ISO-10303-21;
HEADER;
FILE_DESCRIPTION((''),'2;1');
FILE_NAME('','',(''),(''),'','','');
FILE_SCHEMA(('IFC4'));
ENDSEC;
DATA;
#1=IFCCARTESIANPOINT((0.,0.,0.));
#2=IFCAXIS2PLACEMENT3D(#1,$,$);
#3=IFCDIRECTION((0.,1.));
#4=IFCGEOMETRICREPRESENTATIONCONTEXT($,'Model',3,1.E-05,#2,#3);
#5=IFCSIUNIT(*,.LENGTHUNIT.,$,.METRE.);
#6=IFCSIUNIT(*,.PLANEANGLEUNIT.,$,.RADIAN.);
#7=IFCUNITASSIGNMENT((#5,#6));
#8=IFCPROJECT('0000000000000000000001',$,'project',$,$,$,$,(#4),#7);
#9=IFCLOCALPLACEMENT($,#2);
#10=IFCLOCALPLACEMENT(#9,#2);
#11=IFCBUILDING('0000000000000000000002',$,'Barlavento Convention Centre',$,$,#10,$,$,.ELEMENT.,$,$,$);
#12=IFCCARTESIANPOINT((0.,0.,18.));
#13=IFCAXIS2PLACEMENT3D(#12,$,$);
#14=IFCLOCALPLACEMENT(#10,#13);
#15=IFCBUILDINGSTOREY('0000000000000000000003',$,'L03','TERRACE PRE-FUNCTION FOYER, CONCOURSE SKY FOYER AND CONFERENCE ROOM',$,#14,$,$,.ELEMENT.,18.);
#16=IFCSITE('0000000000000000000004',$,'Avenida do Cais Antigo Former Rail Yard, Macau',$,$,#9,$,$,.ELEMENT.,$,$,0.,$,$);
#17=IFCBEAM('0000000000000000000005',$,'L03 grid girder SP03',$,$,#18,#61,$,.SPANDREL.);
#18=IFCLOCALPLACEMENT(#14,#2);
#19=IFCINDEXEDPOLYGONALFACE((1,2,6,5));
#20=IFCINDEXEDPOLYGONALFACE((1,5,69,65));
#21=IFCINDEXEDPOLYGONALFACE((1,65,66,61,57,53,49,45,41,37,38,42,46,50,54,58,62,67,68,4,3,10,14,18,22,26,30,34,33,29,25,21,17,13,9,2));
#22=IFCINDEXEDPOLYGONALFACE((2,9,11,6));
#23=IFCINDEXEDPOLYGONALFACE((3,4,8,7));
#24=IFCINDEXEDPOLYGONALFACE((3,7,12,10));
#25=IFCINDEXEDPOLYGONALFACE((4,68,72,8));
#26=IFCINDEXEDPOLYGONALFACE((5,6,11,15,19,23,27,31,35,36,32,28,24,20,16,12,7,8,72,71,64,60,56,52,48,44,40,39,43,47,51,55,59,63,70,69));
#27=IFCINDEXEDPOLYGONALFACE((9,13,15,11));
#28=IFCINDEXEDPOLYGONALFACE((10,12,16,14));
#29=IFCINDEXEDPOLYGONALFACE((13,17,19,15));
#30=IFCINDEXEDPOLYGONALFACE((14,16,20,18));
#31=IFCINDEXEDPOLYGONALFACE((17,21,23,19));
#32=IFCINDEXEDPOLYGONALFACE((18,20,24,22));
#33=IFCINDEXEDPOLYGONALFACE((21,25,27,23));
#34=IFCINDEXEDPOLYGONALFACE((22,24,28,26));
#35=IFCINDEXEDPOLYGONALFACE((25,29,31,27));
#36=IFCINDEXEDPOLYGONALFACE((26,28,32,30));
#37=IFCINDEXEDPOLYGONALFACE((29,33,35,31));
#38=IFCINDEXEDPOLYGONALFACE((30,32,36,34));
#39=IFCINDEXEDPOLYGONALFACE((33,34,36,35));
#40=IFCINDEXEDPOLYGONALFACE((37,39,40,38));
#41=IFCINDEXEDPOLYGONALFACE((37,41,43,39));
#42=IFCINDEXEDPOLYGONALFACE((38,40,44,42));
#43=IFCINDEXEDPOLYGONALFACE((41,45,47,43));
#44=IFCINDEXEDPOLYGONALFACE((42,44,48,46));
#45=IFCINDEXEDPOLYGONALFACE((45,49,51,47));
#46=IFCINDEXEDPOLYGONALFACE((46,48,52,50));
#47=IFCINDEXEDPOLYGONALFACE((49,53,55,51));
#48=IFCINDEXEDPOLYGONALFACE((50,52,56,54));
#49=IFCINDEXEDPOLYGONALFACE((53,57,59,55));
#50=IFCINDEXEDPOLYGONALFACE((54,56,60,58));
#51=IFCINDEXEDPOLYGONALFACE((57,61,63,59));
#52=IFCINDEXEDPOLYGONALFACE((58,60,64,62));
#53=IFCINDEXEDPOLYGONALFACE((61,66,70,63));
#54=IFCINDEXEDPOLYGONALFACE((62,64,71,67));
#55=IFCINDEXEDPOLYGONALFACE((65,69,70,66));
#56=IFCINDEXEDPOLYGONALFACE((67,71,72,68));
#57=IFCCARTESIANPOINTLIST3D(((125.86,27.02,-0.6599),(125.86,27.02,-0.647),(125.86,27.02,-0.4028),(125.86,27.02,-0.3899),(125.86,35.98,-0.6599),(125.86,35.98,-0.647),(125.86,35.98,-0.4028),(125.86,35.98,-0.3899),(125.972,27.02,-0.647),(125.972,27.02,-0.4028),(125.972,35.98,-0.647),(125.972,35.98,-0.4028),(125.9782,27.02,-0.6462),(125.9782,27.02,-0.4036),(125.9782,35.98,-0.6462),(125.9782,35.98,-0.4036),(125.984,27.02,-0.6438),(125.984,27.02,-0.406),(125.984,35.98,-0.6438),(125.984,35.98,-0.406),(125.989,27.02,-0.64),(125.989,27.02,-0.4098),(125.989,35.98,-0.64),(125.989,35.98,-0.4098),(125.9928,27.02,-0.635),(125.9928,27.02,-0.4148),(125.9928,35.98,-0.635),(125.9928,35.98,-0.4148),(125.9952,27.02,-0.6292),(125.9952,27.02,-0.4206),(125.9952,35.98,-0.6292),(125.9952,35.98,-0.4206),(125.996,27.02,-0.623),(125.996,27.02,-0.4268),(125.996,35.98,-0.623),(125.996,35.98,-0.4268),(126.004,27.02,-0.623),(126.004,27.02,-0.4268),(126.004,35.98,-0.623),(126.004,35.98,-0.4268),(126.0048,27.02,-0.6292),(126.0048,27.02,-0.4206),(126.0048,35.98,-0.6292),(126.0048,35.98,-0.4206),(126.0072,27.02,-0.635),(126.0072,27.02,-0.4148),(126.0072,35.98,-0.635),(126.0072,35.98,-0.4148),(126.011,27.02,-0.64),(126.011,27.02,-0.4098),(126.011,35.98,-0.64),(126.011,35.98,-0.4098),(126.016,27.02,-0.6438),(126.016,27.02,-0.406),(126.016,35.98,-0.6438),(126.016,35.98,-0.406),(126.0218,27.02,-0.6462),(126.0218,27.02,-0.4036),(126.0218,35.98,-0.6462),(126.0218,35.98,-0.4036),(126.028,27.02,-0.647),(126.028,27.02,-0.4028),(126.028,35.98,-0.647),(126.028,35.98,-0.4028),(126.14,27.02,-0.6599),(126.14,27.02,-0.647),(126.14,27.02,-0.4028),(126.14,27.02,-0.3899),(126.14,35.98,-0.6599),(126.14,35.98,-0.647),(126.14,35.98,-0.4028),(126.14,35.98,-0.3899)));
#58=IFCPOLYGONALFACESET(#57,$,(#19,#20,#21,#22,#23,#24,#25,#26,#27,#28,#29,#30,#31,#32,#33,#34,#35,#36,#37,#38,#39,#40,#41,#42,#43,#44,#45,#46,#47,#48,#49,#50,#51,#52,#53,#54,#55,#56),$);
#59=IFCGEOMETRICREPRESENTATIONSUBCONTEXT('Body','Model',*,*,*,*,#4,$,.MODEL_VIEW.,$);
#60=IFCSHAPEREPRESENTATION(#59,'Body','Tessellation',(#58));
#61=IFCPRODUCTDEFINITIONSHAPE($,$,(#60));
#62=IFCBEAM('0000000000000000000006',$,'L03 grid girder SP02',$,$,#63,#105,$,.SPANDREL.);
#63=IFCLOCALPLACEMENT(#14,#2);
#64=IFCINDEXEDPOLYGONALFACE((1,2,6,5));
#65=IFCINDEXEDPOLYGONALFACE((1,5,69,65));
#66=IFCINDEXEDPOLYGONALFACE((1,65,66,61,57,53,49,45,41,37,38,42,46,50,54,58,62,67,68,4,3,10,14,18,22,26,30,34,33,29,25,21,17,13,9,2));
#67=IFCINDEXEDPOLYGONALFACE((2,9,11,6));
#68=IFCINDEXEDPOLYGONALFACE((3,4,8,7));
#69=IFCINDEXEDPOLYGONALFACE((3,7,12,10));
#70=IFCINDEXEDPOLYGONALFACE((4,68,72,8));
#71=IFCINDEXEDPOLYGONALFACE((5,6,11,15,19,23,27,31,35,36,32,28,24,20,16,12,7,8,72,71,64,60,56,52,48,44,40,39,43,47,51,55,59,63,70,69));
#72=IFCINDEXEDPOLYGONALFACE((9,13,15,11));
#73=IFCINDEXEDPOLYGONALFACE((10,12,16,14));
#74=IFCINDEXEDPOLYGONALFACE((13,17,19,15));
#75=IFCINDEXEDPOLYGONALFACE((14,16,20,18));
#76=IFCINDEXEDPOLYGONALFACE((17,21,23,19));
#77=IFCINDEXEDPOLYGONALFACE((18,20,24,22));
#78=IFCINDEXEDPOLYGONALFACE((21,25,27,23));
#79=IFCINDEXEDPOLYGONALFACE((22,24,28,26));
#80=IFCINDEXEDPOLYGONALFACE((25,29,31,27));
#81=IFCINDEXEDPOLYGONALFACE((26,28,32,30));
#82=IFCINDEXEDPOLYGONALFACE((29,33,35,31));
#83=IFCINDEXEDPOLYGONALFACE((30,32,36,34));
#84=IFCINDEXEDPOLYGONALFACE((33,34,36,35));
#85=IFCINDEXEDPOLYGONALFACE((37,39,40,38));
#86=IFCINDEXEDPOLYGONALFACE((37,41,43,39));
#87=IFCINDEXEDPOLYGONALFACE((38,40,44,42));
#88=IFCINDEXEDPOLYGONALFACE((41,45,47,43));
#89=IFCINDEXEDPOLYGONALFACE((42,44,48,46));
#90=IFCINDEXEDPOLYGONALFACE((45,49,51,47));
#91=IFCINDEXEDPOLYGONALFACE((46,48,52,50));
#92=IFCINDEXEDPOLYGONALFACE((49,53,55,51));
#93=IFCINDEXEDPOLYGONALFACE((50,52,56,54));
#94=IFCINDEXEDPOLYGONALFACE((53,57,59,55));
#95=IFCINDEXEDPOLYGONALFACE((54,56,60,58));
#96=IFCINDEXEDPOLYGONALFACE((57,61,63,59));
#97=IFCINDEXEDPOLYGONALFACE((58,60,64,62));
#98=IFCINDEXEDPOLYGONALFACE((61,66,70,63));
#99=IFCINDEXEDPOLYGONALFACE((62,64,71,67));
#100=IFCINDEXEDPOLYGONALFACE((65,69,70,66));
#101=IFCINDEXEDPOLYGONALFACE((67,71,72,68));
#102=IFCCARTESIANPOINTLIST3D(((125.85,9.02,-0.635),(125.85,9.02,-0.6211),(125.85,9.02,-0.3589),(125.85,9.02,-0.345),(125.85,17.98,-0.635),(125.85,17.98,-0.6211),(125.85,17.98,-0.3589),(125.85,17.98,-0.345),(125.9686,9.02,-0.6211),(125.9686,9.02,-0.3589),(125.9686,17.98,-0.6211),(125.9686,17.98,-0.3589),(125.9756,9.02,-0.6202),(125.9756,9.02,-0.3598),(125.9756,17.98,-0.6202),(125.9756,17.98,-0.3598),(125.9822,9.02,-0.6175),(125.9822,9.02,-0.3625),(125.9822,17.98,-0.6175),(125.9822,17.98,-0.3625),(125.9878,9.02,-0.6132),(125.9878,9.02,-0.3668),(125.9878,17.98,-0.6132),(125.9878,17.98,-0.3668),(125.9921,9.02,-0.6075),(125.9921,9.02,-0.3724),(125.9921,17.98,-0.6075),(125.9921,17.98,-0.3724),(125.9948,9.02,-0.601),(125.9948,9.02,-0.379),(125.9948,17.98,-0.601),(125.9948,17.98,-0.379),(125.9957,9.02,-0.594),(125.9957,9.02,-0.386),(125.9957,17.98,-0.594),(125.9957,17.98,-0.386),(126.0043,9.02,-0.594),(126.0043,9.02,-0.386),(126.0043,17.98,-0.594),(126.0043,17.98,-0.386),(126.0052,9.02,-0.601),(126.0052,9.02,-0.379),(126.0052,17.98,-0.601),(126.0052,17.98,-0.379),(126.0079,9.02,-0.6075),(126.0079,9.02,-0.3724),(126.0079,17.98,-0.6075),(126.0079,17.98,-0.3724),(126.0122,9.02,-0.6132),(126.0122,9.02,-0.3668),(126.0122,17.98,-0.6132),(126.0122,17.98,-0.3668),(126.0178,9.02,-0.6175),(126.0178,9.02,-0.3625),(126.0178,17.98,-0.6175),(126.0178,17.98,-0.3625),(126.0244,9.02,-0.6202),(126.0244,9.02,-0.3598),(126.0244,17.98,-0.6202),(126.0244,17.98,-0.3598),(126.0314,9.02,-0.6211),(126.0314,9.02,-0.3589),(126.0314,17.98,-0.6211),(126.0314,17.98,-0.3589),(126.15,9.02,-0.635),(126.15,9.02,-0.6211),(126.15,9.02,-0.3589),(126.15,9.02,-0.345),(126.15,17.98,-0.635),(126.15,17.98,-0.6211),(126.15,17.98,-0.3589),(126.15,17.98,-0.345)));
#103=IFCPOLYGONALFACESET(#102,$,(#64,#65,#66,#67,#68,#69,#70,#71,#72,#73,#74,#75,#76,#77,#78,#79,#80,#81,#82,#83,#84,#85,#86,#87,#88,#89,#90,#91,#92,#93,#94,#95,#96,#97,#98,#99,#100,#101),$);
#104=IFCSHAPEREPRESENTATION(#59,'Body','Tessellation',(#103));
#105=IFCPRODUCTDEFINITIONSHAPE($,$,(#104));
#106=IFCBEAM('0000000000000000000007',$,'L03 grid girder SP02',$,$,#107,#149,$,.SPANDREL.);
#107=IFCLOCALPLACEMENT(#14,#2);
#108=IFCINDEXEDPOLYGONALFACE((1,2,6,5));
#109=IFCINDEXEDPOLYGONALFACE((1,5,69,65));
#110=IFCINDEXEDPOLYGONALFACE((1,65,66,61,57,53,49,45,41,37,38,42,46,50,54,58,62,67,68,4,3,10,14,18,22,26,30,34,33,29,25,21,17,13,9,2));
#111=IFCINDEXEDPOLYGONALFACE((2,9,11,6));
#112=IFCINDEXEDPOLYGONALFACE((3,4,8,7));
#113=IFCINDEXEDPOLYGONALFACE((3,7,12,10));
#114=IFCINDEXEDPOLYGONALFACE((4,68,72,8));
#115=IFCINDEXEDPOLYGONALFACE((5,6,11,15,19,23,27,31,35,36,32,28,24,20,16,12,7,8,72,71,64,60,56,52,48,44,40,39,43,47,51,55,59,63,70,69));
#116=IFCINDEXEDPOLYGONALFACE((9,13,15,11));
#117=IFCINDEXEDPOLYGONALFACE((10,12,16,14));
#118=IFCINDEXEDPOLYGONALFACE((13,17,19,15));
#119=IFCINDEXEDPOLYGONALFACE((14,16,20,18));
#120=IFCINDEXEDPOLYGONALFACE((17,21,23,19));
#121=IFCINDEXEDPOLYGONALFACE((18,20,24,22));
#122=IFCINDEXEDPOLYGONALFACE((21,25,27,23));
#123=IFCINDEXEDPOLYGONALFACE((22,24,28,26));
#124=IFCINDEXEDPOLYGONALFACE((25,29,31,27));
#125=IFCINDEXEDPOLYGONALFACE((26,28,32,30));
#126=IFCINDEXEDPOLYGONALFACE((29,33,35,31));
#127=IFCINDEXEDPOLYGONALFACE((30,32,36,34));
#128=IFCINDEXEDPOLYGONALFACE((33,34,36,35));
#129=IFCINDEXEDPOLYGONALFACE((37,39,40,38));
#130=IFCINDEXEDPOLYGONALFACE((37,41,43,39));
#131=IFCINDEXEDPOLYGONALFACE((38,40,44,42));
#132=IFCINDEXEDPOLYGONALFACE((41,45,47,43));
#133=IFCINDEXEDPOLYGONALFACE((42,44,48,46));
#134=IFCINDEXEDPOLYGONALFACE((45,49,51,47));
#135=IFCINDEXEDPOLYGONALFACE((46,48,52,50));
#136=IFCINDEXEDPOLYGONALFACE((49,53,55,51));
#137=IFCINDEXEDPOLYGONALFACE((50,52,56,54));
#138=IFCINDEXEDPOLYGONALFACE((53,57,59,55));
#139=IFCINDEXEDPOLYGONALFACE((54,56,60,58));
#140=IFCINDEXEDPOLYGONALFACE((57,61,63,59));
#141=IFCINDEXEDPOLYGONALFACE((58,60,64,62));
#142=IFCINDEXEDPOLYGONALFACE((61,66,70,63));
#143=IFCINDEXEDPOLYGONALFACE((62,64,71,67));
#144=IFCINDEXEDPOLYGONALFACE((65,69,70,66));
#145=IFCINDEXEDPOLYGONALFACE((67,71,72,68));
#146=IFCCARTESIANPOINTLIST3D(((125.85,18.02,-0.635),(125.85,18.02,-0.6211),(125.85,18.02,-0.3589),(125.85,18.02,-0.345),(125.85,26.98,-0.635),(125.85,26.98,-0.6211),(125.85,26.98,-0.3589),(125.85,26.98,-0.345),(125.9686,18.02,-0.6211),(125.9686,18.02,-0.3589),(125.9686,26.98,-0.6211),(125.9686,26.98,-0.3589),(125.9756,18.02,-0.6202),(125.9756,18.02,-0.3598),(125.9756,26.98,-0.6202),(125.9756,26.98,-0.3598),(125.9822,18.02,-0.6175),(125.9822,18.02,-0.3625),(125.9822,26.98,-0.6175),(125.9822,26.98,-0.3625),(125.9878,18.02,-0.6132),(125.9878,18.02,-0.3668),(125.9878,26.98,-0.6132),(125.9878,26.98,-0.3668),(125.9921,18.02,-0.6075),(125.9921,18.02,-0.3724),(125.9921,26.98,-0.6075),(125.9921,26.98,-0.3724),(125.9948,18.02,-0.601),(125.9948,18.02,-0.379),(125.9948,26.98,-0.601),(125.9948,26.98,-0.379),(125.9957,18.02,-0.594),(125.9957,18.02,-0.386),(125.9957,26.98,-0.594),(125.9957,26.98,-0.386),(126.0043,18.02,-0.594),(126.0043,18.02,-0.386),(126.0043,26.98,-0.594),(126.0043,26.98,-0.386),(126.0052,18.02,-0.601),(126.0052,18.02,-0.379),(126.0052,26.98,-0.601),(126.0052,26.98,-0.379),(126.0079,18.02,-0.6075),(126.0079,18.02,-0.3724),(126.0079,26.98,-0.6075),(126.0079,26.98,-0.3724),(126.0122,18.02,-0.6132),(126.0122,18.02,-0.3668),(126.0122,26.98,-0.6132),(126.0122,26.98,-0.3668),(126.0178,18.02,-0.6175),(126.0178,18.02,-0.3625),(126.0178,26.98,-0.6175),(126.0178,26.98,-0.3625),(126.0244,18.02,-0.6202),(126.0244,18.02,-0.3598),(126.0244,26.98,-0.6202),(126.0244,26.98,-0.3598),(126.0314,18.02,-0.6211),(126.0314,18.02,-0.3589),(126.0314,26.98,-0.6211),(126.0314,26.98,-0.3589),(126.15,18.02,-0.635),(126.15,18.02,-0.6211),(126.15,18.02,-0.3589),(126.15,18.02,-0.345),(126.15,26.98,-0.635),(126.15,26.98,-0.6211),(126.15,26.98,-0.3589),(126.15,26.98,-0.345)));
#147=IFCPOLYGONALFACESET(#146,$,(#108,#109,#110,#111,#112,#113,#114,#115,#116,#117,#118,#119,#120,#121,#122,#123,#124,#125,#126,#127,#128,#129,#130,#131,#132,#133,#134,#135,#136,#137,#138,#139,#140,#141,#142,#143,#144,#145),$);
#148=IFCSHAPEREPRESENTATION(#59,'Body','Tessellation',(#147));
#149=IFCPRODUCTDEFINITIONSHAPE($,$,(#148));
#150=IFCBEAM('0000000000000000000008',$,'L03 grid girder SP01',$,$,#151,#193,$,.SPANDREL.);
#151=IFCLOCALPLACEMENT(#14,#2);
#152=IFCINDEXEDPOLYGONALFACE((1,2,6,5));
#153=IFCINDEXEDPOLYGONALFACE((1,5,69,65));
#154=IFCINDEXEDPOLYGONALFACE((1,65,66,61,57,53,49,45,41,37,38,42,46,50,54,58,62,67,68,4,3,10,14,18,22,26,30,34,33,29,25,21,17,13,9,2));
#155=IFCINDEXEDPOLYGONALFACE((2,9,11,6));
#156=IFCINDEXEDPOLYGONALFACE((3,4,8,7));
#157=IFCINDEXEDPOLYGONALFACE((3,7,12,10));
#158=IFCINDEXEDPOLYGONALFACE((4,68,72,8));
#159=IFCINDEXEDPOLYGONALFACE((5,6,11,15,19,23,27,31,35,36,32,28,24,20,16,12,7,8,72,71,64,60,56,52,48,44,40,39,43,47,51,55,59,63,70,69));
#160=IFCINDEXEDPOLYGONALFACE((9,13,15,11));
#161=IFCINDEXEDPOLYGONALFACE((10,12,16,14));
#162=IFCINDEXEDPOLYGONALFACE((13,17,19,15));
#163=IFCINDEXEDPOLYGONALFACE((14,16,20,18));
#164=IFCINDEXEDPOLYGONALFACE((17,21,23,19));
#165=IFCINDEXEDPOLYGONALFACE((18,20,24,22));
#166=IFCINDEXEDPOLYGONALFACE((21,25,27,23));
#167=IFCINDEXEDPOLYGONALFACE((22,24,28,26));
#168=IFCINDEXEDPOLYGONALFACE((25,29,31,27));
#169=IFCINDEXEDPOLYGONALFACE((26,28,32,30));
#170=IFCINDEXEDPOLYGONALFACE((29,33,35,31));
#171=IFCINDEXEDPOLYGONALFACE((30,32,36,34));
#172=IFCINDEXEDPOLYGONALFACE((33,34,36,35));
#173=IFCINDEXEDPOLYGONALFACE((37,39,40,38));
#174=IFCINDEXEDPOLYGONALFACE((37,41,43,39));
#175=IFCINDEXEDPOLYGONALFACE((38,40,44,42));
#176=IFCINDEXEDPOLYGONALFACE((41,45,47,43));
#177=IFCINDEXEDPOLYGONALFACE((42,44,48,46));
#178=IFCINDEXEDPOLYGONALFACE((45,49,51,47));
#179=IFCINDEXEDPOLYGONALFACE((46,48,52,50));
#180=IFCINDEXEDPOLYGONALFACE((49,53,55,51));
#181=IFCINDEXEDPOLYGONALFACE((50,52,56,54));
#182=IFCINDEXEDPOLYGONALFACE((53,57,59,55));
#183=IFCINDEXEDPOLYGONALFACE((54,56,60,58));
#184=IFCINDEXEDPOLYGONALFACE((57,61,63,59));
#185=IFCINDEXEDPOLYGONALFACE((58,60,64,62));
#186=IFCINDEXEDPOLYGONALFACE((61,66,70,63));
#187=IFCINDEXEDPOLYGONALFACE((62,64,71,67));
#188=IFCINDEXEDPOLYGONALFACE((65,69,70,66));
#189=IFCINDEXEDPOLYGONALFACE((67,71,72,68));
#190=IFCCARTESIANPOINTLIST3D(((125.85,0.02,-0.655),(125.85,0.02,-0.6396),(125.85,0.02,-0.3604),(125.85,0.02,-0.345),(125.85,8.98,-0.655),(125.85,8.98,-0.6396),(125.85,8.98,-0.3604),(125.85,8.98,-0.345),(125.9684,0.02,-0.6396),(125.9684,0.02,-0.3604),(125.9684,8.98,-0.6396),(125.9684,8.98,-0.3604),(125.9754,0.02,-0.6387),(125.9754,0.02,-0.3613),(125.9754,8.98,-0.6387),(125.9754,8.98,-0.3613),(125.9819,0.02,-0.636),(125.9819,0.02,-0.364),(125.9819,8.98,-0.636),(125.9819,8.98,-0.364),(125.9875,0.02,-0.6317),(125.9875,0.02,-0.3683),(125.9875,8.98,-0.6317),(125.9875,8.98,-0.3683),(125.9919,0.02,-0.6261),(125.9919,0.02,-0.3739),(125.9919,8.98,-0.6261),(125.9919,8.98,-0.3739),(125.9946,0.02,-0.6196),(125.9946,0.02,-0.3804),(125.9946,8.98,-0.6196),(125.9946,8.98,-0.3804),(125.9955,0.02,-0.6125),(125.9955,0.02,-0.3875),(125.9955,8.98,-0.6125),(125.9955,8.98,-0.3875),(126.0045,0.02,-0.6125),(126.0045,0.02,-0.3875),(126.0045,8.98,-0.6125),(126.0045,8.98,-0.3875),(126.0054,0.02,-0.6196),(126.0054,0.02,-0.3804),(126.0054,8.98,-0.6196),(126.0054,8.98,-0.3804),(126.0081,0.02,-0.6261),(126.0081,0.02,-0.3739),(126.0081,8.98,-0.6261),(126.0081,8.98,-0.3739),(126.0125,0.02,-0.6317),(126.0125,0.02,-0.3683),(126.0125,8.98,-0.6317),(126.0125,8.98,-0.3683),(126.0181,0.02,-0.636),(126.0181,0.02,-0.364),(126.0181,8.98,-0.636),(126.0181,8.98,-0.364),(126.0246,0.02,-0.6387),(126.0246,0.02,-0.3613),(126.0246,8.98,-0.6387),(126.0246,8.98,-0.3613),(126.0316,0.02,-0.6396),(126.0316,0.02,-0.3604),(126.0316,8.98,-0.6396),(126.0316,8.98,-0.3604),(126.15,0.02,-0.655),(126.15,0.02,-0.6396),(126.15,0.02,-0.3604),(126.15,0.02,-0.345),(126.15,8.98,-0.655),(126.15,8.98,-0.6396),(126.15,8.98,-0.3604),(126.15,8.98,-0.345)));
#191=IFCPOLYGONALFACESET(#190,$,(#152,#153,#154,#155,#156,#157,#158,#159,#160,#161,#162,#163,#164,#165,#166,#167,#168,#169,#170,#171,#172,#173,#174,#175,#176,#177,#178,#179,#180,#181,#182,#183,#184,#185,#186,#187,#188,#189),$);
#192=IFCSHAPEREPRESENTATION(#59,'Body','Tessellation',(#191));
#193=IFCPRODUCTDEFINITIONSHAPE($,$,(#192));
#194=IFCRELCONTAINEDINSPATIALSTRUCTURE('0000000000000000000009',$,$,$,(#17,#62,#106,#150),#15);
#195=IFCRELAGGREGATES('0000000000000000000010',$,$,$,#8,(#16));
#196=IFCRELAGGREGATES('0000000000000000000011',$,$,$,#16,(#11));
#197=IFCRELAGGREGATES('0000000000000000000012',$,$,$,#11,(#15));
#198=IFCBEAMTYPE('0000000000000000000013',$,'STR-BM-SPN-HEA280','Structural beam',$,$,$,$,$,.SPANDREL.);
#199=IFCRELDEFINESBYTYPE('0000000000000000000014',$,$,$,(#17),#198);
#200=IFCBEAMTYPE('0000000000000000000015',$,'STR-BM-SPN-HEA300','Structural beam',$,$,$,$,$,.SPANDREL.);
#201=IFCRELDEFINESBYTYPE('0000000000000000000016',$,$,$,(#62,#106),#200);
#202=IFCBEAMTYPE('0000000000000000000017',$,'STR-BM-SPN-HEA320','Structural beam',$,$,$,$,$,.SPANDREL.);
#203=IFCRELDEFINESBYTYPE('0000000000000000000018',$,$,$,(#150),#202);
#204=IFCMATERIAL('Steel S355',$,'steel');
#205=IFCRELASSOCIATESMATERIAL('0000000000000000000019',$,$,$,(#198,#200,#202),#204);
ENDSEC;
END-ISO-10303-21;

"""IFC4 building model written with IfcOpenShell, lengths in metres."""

from ifc_helpers import new_model, si_unit, direction, frame, origin, origin_2d, place, context, subcontext, project, spatial, i_section, extrude, material, material_profile, profile_set, type_object, element, save


model = new_model("IFC4")

# Units and contexts
model_context = context("Model", 3, precision=1e-05, world=origin(), true_north=direction((0.0, 1.0)))
body_context = subcontext(model_context, "Body", "Model", "MODEL_VIEW")
ifc_project = project(units=[si_unit("LENGTHUNIT", "METRE"), si_unit("PLANEANGLEUNIT", "RADIAN")], contexts=[model_context])

# Site, building, storey
site_placement = place(None, origin())
site = spatial("IfcSite", under=ifc_project, at=site_placement, Name="Avenida do Cais Antigo Former Rail Yard, Macau", CompositionType="ELEMENT", RefElevation=0.0)
building_placement = place(site_placement, origin())
building = spatial("IfcBuilding", under=site, at=building_placement, Name="Barlavento Convention Centre", CompositionType="ELEMENT")
storey_placement = place(building_placement, frame((0.0, 0.0, 18.0)))
storey = spatial("IfcBuildingStorey", under=building, at=storey_placement, Name="L03", Description="TERRACE PRE-FUNCTION FOYER, CONCOURSE SKY FOYER AND CONFERENCE ROOM", CompositionType="ELEMENT", Elevation=18.0)

# Shared definitions
ifc_material_1 = material(Name="Steel S355", Category="steel")

# Beams
ifc_material_profile_1 = material_profile(ifc_material_1, i_section(OverallWidth=0.28, OverallDepth=0.27, WebThickness=0.0081, FlangeThickness=0.0129, FilletRadius=0.0239, at=origin_2d()), Name="HEA 280")
ifc_profile_set_1 = profile_set([ifc_material_profile_1], Name="Steel S355")
beam_type_1 = type_object("IfcBeamType", Name="STR-BM-SPN-HEA280", Description="Structural beam", PredefinedType="SPANDREL", material=ifc_profile_set_1)
beam_1_placement = place(storey_placement, frame((126.0, 27.02, -0.5249), z_axis=(0.0, 1.0, 0.0), x_axis=(-1.0, 0.0, 0.0)))
element("IfcBeam", 1, at=beam_1_placement, inside=storey, type_object=beam_type_1, Name="L03 grid girder SP03", PredefinedType="SPANDREL", context=body_context, shape_type="SweptSolid", body=[
    extrude(i_section(OverallWidth=0.28, OverallDepth=0.27, WebThickness=0.0081, FlangeThickness=0.0129, FilletRadius=0.0239, at=origin_2d()), origin(), (0.0, 0.0, 1.0), 8.96),
])
ifc_material_profile_2 = material_profile(ifc_material_1, i_section(OverallWidth=0.3, OverallDepth=0.29, WebThickness=0.0085, FlangeThickness=0.0139, FilletRadius=0.0271, at=origin_2d()), Name="HEA 300")
ifc_profile_set_2 = profile_set([ifc_material_profile_2], Name="Steel S355")
beam_type_2 = type_object("IfcBeamType", Name="STR-BM-SPN-HEA300", Description="Structural beam", PredefinedType="SPANDREL", material=ifc_profile_set_2)
for number, where, z_axis, x_axis, name in (
    (2, (126.0, 9.02, -0.49), (0.0, 1.0, 0.0), (-1.0, 0.0, 0.0), "L03 grid girder SP02"),
    (3, (126.0, 18.02, -0.49), (0.0, 1.0, 0.0), (-1.0, 0.0, 0.0), "L03 grid girder SP02"),
):
    element("IfcBeam", number, at=place(storey_placement, frame(where, z_axis=z_axis, x_axis=x_axis)), inside=storey, type_object=beam_type_2, Name=name, PredefinedType="SPANDREL", context=body_context, shape_type="SweptSolid", body=[
        extrude(i_section(OverallWidth=0.3, OverallDepth=0.29, WebThickness=0.0085, FlangeThickness=0.0139, FilletRadius=0.0271, at=origin_2d()), origin(), (0.0, 0.0, 1.0), 8.96),
    ])
ifc_material_profile_3 = material_profile(ifc_material_1, i_section(OverallWidth=0.3, OverallDepth=0.3101, WebThickness=0.009, FlangeThickness=0.0154, FilletRadius=0.0271, at=origin_2d()), Name="HEA 320")
ifc_profile_set_3 = profile_set([ifc_material_profile_3], Name="Steel S355")
beam_type_3 = type_object("IfcBeamType", Name="STR-BM-SPN-HEA320", Description="Structural beam", PredefinedType="SPANDREL", material=ifc_profile_set_3)
beam_2_placement = place(storey_placement, frame((126.0, 0.02, -0.5), z_axis=(0.0, 1.0, 0.0), x_axis=(-1.0, 0.0, 0.0)))
element("IfcBeam", 4, at=beam_2_placement, inside=storey, type_object=beam_type_3, Name="L03 grid girder SP01", PredefinedType="SPANDREL", context=body_context, shape_type="SweptSolid", body=[
    extrude(i_section(OverallWidth=0.3, OverallDepth=0.3101, WebThickness=0.009, FlangeThickness=0.0154, FilletRadius=0.0271, at=origin_2d()), origin(), (0.0, 0.0, 1.0), 8.96),
])

save(model, "model.ifc")
